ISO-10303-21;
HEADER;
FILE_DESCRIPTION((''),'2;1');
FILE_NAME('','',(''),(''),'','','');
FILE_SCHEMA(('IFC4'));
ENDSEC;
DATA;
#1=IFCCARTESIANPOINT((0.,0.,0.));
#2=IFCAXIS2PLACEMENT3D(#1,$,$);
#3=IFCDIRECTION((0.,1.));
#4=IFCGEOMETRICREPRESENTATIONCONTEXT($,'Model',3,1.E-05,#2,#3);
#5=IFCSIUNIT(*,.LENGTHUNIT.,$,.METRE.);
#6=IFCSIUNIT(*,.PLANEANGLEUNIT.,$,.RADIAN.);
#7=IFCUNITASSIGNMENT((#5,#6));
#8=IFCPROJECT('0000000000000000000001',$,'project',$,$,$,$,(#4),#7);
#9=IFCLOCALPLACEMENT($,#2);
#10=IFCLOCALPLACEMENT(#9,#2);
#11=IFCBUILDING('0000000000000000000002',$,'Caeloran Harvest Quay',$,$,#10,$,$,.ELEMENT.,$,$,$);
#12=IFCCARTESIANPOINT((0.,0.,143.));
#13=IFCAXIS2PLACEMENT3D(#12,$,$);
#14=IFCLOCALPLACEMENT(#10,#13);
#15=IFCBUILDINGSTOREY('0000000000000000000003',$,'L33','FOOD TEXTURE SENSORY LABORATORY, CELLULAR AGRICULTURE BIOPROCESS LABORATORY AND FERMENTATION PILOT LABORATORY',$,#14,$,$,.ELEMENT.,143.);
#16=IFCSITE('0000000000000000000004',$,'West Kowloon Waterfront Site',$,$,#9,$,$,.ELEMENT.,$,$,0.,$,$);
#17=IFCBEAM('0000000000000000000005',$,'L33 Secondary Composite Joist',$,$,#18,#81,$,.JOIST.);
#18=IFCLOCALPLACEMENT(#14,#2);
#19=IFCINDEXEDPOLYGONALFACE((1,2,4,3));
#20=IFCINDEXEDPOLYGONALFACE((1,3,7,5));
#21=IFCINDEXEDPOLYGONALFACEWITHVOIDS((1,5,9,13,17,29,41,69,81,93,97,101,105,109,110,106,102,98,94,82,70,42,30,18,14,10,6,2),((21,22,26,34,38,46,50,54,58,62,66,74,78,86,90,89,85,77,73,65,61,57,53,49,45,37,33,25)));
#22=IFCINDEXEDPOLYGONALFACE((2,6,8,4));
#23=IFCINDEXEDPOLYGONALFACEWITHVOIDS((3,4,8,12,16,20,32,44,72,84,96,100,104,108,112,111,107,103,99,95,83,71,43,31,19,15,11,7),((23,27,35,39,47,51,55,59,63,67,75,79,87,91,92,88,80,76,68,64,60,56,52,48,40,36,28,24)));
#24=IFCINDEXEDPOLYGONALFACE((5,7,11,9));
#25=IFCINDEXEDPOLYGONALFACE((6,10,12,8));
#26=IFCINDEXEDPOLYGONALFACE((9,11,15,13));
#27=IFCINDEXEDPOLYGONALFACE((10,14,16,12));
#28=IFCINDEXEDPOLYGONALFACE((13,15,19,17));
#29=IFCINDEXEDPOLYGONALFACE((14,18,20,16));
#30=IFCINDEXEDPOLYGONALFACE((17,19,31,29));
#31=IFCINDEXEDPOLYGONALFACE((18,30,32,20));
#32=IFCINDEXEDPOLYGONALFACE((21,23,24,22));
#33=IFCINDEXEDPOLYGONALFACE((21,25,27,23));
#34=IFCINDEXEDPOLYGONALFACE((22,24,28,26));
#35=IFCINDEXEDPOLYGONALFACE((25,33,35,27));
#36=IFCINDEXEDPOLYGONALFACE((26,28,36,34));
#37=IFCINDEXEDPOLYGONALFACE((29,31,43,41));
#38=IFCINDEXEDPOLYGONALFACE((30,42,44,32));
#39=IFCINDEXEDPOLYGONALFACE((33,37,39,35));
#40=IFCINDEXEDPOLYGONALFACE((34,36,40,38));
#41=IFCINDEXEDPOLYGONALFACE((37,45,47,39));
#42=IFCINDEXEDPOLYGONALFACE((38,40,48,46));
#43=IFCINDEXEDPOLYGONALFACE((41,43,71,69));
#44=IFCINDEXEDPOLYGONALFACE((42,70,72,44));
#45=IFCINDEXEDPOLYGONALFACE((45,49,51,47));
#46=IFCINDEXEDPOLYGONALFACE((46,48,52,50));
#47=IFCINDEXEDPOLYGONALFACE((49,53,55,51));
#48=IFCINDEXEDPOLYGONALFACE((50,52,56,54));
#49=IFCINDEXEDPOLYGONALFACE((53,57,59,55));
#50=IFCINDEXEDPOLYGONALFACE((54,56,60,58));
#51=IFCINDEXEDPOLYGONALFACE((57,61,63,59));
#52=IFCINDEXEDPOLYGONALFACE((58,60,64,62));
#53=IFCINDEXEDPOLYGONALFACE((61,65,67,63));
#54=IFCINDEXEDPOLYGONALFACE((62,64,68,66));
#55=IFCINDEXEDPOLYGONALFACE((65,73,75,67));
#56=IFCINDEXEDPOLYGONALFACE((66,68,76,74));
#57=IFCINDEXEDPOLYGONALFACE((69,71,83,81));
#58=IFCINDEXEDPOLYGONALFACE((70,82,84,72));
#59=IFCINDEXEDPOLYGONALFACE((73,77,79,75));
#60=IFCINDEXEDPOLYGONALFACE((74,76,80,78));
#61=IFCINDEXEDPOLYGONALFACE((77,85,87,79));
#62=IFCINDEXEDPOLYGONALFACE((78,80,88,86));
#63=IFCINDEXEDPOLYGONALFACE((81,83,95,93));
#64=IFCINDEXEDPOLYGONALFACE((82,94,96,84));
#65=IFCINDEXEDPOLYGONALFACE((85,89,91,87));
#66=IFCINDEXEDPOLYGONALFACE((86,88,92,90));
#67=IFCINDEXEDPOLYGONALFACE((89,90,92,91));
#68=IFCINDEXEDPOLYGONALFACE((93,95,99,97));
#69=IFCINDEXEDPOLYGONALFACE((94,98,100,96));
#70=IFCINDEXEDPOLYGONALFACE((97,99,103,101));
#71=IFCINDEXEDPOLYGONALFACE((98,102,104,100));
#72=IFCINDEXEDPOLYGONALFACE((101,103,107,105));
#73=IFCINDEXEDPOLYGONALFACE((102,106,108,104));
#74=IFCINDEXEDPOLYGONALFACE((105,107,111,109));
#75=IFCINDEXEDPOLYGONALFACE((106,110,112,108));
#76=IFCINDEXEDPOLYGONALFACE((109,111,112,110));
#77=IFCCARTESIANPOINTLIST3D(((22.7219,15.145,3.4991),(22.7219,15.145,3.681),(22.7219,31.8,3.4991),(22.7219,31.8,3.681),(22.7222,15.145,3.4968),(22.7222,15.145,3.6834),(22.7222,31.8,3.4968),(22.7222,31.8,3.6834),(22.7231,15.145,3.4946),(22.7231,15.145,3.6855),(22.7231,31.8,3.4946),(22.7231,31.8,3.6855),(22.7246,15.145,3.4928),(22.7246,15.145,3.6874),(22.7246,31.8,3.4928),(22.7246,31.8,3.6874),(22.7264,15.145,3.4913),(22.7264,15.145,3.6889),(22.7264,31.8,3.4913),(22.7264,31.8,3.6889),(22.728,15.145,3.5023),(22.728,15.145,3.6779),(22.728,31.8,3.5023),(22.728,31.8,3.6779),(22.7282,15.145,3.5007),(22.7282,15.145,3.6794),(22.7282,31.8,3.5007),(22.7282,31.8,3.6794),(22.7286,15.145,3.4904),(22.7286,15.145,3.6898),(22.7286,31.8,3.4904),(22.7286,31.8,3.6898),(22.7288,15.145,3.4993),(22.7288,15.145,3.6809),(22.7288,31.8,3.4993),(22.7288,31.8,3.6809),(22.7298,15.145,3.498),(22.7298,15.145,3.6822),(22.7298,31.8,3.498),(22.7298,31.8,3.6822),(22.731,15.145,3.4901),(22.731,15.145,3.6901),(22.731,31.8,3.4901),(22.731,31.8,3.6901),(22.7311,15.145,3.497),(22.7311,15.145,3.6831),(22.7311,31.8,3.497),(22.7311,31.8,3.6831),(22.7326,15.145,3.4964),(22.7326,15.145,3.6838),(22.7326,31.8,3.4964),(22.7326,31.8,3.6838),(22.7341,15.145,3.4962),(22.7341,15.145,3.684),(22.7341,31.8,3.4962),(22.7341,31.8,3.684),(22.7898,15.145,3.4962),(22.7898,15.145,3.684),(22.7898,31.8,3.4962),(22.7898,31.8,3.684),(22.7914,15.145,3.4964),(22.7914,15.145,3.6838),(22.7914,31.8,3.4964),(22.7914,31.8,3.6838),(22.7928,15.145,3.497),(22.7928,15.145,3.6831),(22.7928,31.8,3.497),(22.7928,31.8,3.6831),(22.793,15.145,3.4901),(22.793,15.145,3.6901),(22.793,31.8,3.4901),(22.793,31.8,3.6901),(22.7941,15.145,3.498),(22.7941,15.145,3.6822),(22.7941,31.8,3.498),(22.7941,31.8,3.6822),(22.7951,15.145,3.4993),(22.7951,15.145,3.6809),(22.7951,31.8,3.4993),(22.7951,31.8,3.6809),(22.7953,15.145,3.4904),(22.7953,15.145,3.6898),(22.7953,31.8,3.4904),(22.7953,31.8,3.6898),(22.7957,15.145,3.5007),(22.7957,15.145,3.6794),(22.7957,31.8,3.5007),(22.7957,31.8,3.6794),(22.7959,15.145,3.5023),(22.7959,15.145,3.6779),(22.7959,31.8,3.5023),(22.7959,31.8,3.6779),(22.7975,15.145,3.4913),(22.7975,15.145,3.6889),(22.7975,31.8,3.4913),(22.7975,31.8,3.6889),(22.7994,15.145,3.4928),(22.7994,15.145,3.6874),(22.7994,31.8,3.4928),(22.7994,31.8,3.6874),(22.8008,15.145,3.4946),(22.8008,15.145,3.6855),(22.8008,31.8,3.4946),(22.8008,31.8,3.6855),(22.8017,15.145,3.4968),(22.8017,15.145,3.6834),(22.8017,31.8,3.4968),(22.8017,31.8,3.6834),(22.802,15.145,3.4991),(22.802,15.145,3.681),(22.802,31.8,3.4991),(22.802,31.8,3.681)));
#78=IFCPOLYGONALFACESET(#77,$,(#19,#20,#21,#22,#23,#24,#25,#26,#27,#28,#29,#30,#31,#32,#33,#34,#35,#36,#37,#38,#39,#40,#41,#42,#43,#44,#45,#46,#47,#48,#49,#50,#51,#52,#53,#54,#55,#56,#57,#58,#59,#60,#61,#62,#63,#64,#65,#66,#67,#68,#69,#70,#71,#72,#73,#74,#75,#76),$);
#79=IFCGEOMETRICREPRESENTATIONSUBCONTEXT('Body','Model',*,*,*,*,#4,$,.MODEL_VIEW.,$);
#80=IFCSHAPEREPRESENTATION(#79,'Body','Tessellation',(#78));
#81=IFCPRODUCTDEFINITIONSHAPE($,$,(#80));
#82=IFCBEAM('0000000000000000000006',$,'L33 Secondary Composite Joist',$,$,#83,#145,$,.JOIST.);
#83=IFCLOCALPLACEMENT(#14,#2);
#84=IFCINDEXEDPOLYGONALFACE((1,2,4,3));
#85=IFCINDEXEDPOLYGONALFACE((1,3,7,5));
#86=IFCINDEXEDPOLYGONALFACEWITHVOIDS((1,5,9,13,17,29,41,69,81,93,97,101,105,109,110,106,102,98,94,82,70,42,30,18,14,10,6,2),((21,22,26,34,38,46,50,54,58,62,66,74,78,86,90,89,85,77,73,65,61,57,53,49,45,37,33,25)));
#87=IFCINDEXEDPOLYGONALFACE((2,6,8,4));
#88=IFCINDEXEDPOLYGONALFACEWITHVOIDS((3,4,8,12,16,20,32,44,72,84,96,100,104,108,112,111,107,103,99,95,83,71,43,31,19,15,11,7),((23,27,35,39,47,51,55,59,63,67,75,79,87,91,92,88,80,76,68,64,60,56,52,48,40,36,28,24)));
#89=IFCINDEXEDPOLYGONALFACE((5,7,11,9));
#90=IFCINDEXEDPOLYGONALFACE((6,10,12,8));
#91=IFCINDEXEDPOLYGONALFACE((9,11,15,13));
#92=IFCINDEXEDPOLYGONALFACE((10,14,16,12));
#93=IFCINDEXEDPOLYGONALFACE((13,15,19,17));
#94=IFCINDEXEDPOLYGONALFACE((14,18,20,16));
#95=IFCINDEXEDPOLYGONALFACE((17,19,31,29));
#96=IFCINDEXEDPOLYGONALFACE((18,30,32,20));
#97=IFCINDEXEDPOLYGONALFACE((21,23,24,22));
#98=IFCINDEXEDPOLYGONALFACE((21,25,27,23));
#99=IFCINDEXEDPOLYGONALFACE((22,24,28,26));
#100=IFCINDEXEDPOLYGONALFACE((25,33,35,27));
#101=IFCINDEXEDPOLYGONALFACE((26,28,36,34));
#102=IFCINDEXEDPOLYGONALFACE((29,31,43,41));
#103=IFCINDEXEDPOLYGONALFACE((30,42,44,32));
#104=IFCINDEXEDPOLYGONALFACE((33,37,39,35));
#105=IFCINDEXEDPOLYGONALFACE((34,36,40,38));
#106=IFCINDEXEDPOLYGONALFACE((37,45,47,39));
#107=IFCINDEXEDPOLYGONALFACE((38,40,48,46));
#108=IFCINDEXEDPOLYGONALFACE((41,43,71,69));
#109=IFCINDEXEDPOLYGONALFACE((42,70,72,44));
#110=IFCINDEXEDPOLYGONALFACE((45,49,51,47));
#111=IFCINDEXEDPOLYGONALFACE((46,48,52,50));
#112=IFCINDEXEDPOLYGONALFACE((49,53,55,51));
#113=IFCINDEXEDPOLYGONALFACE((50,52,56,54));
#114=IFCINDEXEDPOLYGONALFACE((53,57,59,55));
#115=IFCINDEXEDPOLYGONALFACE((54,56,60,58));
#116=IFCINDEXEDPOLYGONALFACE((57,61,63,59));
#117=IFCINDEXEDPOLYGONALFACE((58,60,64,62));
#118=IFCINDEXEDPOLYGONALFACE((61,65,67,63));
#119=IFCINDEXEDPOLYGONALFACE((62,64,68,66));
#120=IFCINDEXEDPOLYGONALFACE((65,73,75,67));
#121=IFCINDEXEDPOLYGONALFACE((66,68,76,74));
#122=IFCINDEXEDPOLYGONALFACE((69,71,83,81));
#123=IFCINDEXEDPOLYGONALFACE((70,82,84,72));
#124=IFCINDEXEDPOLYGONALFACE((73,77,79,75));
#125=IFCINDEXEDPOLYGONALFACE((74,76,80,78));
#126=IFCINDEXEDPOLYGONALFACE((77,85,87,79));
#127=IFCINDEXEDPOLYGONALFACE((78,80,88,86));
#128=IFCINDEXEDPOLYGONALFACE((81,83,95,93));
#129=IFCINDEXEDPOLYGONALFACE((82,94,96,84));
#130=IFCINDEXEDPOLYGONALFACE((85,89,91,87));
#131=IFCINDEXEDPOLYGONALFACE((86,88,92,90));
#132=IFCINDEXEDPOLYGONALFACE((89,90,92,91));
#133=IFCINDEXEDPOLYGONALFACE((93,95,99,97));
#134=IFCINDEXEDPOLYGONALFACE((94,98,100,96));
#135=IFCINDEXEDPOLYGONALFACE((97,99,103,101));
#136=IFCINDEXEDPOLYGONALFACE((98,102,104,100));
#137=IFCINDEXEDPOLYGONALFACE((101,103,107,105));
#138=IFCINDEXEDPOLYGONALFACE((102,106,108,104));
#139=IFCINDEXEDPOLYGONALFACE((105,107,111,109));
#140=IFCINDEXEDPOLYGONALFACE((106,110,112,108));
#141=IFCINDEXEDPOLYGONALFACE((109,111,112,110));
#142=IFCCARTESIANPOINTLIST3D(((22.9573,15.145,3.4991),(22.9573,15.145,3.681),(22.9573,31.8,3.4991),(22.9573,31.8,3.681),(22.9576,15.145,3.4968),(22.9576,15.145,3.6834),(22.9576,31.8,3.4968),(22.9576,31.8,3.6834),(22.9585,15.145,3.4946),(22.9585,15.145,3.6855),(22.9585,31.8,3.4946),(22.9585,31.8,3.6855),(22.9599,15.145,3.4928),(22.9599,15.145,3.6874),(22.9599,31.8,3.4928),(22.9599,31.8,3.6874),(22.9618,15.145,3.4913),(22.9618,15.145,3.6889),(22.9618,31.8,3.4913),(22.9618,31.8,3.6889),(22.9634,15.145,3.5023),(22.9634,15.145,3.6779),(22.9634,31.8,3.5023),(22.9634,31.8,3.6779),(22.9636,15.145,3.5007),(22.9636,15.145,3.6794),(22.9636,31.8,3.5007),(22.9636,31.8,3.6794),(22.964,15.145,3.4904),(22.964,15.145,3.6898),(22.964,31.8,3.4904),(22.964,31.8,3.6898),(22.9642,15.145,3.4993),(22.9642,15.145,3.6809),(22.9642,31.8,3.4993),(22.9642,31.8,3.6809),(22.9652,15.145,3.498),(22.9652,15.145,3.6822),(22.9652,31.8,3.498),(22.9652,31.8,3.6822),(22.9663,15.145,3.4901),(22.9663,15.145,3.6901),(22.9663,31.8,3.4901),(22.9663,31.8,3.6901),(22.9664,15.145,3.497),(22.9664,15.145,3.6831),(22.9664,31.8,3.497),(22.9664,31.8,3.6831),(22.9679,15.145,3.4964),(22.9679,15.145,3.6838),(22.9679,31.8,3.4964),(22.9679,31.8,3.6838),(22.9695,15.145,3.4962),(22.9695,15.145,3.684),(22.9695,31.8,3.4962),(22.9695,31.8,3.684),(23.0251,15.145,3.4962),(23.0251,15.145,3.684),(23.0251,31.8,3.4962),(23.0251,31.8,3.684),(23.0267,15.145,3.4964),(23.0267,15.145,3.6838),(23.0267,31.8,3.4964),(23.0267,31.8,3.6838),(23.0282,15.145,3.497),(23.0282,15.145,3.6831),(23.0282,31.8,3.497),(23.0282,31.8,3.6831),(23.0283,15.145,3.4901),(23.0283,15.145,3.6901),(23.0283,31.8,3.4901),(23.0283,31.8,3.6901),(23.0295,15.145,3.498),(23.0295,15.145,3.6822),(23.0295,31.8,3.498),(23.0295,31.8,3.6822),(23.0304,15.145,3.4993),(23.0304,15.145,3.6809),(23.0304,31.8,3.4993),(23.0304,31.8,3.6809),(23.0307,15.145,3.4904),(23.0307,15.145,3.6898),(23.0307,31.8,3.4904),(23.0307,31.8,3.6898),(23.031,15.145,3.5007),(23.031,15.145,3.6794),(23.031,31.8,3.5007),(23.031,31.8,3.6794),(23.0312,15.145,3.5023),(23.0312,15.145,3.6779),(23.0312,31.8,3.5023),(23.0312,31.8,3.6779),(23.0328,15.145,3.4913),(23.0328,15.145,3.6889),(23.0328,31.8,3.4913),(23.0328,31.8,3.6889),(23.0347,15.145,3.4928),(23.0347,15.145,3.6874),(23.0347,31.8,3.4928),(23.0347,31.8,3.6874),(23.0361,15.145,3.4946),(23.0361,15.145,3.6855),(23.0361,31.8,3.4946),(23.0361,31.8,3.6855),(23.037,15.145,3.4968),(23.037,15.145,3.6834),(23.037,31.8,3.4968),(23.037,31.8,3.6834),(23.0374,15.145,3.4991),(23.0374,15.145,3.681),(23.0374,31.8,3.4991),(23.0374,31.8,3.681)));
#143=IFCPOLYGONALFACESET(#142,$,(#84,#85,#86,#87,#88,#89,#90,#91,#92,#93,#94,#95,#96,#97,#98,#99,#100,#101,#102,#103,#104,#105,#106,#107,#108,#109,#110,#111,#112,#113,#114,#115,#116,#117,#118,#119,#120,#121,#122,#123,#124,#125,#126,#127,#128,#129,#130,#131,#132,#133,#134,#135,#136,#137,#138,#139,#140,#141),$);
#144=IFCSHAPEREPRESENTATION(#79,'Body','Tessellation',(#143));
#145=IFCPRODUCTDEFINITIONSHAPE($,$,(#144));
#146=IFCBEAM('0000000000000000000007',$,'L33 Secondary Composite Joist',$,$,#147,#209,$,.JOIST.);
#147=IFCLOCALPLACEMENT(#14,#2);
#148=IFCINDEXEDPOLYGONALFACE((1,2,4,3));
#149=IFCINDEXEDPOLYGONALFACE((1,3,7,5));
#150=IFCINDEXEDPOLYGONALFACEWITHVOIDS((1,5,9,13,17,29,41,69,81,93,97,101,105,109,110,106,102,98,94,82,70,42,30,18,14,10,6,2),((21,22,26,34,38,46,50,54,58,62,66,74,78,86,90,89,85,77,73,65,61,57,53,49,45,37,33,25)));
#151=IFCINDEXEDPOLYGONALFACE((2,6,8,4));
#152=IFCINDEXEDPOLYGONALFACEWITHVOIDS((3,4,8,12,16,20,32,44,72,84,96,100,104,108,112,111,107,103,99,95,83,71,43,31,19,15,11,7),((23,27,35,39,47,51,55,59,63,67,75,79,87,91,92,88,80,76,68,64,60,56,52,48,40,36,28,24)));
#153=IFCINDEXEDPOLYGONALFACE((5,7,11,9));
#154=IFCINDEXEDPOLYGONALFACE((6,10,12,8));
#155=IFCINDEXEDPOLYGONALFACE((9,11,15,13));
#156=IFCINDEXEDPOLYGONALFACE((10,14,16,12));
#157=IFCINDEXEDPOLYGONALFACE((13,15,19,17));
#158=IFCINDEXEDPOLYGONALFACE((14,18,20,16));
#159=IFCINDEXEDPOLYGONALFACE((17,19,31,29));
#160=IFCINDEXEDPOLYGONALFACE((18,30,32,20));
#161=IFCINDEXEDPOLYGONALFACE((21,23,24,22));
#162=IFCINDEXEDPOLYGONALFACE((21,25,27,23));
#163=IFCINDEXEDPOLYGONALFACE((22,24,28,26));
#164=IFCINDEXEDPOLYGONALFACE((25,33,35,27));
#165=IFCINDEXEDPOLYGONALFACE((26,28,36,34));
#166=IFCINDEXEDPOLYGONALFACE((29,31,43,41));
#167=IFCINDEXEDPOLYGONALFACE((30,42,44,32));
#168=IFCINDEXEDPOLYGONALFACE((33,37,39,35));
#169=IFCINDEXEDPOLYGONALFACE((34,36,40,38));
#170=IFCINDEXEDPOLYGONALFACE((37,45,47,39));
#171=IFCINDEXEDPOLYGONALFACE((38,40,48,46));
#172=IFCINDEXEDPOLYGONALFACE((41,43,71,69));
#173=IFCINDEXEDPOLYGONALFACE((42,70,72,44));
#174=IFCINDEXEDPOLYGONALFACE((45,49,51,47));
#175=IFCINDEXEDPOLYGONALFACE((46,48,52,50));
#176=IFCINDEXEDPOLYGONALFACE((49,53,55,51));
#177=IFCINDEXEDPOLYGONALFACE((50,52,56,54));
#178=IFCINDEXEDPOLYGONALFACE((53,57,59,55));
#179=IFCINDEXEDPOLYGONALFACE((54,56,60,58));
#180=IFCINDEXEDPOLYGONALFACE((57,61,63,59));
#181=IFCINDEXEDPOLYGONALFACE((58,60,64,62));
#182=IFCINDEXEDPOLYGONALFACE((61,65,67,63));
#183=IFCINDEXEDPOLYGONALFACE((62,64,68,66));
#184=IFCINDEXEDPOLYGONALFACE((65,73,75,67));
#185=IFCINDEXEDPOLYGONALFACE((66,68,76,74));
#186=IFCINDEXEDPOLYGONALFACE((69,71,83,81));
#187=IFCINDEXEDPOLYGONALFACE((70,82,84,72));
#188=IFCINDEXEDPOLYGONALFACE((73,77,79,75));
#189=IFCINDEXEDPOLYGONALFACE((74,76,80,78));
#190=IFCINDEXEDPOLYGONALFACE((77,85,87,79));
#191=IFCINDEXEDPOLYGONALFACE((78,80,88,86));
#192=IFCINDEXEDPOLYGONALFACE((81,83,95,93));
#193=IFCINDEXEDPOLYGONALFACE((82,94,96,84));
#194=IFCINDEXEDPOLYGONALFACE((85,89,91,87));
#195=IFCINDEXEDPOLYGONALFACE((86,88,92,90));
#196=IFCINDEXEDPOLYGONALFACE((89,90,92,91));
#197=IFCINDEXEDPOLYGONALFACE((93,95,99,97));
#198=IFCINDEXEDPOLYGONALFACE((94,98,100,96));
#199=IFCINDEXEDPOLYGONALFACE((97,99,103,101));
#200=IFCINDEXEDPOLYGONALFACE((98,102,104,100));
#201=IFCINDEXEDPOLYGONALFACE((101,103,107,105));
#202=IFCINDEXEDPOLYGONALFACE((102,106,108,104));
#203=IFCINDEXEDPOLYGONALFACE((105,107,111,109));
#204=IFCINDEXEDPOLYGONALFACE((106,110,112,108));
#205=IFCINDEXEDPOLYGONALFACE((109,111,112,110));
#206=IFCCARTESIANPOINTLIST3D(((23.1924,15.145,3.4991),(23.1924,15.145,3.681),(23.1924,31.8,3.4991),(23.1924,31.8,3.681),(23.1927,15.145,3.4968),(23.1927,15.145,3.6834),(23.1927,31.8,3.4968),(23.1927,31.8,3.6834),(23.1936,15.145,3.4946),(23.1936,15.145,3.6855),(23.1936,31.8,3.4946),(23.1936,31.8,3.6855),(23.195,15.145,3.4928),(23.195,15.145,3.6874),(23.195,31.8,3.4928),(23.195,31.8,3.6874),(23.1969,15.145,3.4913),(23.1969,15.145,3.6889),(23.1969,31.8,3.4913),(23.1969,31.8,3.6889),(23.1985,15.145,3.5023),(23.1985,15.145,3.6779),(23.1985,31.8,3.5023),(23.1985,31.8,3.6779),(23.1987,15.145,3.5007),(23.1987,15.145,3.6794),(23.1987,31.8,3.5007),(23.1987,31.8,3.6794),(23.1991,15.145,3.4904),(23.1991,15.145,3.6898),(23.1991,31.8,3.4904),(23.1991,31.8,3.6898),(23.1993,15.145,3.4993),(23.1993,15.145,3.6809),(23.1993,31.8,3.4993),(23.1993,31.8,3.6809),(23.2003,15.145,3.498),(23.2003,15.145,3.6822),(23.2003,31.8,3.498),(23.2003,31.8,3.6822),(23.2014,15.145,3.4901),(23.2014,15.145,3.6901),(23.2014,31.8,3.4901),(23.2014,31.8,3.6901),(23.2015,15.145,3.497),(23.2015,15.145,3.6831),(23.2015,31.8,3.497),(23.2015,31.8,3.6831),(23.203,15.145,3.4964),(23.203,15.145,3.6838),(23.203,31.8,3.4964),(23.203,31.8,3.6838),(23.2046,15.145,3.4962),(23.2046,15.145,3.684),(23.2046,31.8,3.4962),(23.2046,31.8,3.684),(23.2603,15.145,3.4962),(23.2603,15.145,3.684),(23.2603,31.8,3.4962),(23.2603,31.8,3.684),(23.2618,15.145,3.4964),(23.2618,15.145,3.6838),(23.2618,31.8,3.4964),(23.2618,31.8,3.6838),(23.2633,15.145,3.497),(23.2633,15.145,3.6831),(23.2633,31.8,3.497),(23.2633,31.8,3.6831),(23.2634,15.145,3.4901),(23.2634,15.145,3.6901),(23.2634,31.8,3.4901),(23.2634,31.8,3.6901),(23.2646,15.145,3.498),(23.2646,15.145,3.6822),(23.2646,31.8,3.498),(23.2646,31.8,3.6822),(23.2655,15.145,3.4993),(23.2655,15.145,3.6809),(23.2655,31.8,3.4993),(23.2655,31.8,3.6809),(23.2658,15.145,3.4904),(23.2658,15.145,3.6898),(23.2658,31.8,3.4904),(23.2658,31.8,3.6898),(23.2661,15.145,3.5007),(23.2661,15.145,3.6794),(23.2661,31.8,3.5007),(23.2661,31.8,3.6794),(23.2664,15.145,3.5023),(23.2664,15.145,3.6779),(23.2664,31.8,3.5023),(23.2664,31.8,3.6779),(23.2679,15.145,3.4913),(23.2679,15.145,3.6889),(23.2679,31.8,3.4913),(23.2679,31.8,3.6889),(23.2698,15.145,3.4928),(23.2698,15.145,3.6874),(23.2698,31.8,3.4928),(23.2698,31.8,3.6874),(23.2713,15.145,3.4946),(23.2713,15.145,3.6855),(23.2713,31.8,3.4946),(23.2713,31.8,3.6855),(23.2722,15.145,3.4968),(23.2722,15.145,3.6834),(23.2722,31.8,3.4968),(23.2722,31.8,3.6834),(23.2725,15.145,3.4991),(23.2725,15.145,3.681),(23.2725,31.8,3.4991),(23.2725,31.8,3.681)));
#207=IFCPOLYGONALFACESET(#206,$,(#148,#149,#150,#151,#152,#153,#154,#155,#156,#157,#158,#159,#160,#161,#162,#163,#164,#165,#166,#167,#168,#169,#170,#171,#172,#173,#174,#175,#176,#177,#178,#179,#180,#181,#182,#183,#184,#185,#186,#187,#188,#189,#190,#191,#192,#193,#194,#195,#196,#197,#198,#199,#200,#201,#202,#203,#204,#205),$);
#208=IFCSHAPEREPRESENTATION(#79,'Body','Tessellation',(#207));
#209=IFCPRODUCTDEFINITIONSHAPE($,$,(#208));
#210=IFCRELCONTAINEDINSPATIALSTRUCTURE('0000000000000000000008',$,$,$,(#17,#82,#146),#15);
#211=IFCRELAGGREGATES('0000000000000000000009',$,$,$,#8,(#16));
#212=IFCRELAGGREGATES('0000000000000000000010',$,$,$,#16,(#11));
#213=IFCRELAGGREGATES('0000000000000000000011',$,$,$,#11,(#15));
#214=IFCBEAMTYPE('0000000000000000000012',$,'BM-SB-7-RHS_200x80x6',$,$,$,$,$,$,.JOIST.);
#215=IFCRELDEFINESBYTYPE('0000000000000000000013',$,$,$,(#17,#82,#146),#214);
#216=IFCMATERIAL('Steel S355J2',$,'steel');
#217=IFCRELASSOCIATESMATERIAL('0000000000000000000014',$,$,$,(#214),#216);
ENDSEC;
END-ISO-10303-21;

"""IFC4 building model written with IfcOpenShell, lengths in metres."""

from ifc_helpers import new_model, si_unit, direction, frame, origin, origin_2d, place, context, subcontext, project, spatial, hollow_rectangle, extrude, material, material_profile, profile_set, type_object, element, save


model = new_model("IFC4")

# Units and contexts
model_context = context("Model", 3, precision=1e-05, world=origin(), true_north=direction((0.0, 1.0)))
body_context = subcontext(model_context, "Body", "Model", "MODEL_VIEW")
ifc_project = project(units=[si_unit("LENGTHUNIT", "METRE"), si_unit("PLANEANGLEUNIT", "RADIAN")], contexts=[model_context])

# Site, building, storey
site_placement = place(None, origin())
site = spatial("IfcSite", under=ifc_project, at=site_placement, Name="West Kowloon Waterfront Site", CompositionType="ELEMENT", RefElevation=0.0)
building_placement = place(site_placement, origin())
building = spatial("IfcBuilding", under=site, at=building_placement, Name="Caeloran Harvest Quay", CompositionType="ELEMENT")
storey_placement = place(building_placement, frame((0.0, 0.0, 143.0)))
storey = spatial("IfcBuildingStorey", under=building, at=storey_placement, Name="L33", Description="FOOD TEXTURE SENSORY LABORATORY, CELLULAR AGRICULTURE BIOPROCESS LABORATORY AND FERMENTATION PILOT LABORATORY", CompositionType="ELEMENT", Elevation=143.0)

# Beams
ifc_material_1 = material(Name="Steel S355J2", Category="steel")
ifc_material_profile_1 = material_profile(ifc_material_1, hollow_rectangle(XDim=0.0801, YDim=0.2, WallThickness=0.0061, InnerFilletRadius=0.0061, OuterFilletRadius=0.009, at=origin_2d()), Name="RHS 200x80x6")
ifc_profile_set_1 = profile_set([ifc_material_profile_1], Name="Steel S355J2")
beam_type_1 = type_object("IfcBeamType", Name="BM-SB-7-RHS_200x80x6", PredefinedType="JOIST", material=ifc_profile_set_1)
for number, where, z_axis, x_axis, name in (
    (1, (22.762, 15.145, 3.5901), (0.0, 1.0, 0.0), (-1.0, 0.0, 0.0), "L33 Secondary Composite Joist"),
    (2, (22.9973, 15.145, 3.5901), (0.0, 1.0, 0.0), (-1.0, 0.0, 0.0), "L33 Secondary Composite Joist"),
    (3, (23.2324, 15.145, 3.5901), (0.0, 1.0, 0.0), (-1.0, 0.0, 0.0), "L33 Secondary Composite Joist"),
):
    element("IfcBeam", number, at=place(storey_placement, frame(where, z_axis=z_axis, x_axis=x_axis)), inside=storey, type_object=beam_type_1, Name=name, PredefinedType="JOIST", context=body_context, shape_type="SweptSolid", body=[
        extrude(hollow_rectangle(XDim=0.0801, YDim=0.2, WallThickness=0.0061, InnerFilletRadius=0.0061, OuterFilletRadius=0.009, at=origin_2d()), origin(), (0.0, 0.0, 1.0), 16.655),
    ])

save(model, "model.ifc")
